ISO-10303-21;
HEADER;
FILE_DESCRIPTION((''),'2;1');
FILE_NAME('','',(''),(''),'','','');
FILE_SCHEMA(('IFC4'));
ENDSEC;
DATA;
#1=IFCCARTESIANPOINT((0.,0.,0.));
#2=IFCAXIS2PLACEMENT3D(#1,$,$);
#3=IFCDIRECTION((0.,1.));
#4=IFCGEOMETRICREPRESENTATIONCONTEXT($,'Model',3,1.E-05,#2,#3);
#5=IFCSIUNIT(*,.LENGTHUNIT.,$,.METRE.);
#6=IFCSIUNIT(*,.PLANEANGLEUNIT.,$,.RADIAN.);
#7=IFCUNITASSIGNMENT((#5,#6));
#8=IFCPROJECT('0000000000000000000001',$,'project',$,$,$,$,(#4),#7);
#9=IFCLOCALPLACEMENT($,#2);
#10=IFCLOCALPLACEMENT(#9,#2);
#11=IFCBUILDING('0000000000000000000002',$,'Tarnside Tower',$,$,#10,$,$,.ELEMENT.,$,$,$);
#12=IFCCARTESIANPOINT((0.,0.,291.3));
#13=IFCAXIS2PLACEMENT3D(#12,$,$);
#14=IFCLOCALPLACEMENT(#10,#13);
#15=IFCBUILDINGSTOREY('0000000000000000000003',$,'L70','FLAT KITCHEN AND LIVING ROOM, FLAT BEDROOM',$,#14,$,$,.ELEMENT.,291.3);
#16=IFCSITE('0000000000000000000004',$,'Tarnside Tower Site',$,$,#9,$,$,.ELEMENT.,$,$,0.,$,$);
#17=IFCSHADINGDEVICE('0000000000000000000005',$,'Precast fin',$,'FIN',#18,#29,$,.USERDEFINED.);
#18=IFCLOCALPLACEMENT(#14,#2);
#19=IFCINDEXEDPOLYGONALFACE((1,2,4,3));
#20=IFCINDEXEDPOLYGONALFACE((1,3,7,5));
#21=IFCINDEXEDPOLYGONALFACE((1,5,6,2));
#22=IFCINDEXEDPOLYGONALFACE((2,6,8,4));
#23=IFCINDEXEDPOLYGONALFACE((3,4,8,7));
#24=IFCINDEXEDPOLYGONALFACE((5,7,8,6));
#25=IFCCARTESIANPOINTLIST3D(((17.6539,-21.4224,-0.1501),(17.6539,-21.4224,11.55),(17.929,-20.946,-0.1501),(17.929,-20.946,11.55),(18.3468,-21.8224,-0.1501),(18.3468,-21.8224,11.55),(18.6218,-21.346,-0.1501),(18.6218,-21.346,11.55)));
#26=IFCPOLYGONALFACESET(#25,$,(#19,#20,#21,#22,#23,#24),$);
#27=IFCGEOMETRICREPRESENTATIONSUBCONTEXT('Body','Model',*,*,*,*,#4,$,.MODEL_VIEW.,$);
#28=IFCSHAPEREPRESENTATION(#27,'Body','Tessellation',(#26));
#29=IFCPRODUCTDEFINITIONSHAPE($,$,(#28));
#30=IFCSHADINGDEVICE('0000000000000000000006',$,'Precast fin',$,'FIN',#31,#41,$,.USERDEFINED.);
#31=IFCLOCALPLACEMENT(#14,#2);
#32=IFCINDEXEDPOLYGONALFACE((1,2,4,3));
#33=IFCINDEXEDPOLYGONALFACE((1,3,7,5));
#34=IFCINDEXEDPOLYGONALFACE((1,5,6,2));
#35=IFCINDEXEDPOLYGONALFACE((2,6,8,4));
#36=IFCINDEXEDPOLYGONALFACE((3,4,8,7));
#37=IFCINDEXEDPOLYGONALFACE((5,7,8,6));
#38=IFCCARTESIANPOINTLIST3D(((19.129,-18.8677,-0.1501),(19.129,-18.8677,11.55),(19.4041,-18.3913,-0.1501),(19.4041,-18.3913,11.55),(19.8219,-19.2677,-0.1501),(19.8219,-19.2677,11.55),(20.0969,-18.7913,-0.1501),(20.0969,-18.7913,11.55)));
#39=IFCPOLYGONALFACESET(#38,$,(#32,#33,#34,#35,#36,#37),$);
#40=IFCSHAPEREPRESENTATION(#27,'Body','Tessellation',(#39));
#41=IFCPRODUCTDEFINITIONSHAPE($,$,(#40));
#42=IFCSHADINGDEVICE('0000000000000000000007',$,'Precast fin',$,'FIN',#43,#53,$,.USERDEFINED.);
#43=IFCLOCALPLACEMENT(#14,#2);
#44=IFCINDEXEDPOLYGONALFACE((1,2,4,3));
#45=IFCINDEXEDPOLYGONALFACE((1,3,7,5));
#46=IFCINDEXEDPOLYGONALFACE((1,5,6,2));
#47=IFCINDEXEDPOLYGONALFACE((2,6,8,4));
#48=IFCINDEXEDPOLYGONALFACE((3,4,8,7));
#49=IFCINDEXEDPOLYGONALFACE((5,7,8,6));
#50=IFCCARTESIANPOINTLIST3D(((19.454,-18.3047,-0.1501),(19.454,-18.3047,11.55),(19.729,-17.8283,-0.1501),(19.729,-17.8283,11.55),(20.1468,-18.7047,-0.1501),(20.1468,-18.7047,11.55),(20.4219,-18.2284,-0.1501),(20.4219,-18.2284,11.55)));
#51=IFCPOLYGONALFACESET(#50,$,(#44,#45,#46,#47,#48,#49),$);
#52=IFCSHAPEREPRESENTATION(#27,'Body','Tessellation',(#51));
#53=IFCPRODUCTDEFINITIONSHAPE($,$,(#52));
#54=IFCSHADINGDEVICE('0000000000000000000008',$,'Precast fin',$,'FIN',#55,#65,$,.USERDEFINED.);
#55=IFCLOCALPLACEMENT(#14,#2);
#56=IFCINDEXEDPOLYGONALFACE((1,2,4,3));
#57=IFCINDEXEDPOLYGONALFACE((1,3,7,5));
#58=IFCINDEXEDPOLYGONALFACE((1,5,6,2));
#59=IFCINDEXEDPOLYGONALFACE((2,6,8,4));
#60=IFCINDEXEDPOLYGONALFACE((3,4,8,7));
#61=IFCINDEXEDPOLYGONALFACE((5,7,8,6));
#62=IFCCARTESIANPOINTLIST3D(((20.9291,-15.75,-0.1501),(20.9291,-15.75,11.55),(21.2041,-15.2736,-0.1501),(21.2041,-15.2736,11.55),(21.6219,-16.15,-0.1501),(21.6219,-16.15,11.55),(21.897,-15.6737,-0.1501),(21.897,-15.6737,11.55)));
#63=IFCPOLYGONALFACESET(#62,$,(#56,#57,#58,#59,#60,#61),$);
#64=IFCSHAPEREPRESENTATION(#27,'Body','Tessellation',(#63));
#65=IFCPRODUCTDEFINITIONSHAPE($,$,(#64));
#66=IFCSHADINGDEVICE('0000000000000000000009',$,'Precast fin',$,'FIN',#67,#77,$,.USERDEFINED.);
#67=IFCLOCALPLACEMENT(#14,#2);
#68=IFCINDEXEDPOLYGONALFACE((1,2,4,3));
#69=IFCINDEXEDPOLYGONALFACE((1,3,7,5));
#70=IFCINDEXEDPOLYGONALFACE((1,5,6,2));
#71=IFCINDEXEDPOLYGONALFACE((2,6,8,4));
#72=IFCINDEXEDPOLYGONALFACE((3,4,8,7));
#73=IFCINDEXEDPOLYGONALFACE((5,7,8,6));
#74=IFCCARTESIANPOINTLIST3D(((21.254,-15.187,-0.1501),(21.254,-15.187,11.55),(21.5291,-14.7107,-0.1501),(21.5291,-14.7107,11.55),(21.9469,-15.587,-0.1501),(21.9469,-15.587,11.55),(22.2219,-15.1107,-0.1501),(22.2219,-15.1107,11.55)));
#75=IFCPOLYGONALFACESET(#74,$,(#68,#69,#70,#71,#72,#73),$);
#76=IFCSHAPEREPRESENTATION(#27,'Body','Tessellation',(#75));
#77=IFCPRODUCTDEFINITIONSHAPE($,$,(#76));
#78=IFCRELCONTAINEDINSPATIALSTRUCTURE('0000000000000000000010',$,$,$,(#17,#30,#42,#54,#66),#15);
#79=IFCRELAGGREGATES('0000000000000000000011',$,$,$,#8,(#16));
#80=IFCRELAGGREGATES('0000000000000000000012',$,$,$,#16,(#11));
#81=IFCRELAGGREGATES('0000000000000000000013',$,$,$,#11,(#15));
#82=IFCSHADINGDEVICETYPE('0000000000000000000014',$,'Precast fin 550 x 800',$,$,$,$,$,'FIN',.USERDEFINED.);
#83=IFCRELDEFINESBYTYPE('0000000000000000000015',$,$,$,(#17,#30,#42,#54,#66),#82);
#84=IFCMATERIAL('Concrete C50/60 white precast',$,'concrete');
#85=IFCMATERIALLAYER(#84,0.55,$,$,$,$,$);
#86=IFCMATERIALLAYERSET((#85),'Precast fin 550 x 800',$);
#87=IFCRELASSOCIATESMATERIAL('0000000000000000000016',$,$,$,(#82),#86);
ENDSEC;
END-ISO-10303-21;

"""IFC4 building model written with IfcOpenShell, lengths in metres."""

from ifc_helpers import new_model, si_unit, direction, frame, origin, place, context, subcontext, project, spatial, polyline, outline, extrude, material, layer, layer_set, type_object, element, save


model = new_model("IFC4")

# Units and contexts
model_context = context("Model", 3, precision=1e-05, world=origin(), true_north=direction((0.0, 1.0)))
body_context = subcontext(model_context, "Body", "Model", "MODEL_VIEW")
ifc_project = project(units=[si_unit("LENGTHUNIT", "METRE"), si_unit("PLANEANGLEUNIT", "RADIAN")], contexts=[model_context])

# Site, building, storey
site_placement = place(None, origin())
site = spatial("IfcSite", under=ifc_project, at=site_placement, Name="Tarnside Tower Site", CompositionType="ELEMENT", RefElevation=0.0)
building_placement = place(site_placement, origin())
building = spatial("IfcBuilding", under=site, at=building_placement, Name="Tarnside Tower", CompositionType="ELEMENT")
storey_placement = place(building_placement, frame((0.0, 0.0, 291.3)))
storey = spatial("IfcBuildingStorey", under=building, at=storey_placement, Name="L70", Description="FLAT KITCHEN AND LIVING ROOM, FLAT BEDROOM", CompositionType="ELEMENT", Elevation=291.3)

# Shading devices
ifc_material_1 = material(Name="Concrete C50/60 white precast", Category="concrete")
ifc_layer_1 = layer(ifc_material_1, 0.55)
ifc_layer_set_1 = layer_set([ifc_layer_1], Name="Precast fin 550 x 800")
shading_device_type_1 = type_object("IfcShadingDeviceType", Name="Precast fin 550 x 800", ElementType="FIN", PredefinedType="USERDEFINED", material=ifc_layer_set_1)
for number, where, z_axis, x_axis, name in (
    (1, (17.7915, -21.1841, -0.1501), (-0.5, -0.866025, 0.0), (0.866025, -0.5, 0.0), "Precast fin"),
    (2, (19.2666, -18.6294, -0.1501), (-0.5, -0.866025, 0.0), (0.866025, -0.5, 0.0), "Precast fin"),
    (3, (19.5916, -18.0664, -0.1501), (-0.5, -0.866025, 0.0), (0.866025, -0.5, 0.0), "Precast fin"),
    (4, (21.0667, -15.5117, -0.1501), (-0.5, -0.866025, 0.0), (0.866025, -0.5, 0.0), "Precast fin"),
    (5, (21.3916, -14.9487, -0.1501), (-0.5, -0.866025, 0.0), (0.866025, -0.5, 0.0), "Precast fin"),
):
    element("IfcShadingDevice", number, at=place(storey_placement, frame(where, z_axis=z_axis, x_axis=x_axis)), inside=storey, type_object=shading_device_type_1, Name=name, ObjectType="FIN", PredefinedType="USERDEFINED", context=body_context, shape_type="SweptSolid", body=[
        extrude(outline(polyline([(0.0, 0.0), (0.8, 0.0), (0.8, 11.7002), (0.0, 11.7002), (0.0, 0.0)])), frame((0.0, 0.0, -0.2749)), (0.0, 0.0, 1.0), 0.55),
    ])

save(model, "model.ifc")
